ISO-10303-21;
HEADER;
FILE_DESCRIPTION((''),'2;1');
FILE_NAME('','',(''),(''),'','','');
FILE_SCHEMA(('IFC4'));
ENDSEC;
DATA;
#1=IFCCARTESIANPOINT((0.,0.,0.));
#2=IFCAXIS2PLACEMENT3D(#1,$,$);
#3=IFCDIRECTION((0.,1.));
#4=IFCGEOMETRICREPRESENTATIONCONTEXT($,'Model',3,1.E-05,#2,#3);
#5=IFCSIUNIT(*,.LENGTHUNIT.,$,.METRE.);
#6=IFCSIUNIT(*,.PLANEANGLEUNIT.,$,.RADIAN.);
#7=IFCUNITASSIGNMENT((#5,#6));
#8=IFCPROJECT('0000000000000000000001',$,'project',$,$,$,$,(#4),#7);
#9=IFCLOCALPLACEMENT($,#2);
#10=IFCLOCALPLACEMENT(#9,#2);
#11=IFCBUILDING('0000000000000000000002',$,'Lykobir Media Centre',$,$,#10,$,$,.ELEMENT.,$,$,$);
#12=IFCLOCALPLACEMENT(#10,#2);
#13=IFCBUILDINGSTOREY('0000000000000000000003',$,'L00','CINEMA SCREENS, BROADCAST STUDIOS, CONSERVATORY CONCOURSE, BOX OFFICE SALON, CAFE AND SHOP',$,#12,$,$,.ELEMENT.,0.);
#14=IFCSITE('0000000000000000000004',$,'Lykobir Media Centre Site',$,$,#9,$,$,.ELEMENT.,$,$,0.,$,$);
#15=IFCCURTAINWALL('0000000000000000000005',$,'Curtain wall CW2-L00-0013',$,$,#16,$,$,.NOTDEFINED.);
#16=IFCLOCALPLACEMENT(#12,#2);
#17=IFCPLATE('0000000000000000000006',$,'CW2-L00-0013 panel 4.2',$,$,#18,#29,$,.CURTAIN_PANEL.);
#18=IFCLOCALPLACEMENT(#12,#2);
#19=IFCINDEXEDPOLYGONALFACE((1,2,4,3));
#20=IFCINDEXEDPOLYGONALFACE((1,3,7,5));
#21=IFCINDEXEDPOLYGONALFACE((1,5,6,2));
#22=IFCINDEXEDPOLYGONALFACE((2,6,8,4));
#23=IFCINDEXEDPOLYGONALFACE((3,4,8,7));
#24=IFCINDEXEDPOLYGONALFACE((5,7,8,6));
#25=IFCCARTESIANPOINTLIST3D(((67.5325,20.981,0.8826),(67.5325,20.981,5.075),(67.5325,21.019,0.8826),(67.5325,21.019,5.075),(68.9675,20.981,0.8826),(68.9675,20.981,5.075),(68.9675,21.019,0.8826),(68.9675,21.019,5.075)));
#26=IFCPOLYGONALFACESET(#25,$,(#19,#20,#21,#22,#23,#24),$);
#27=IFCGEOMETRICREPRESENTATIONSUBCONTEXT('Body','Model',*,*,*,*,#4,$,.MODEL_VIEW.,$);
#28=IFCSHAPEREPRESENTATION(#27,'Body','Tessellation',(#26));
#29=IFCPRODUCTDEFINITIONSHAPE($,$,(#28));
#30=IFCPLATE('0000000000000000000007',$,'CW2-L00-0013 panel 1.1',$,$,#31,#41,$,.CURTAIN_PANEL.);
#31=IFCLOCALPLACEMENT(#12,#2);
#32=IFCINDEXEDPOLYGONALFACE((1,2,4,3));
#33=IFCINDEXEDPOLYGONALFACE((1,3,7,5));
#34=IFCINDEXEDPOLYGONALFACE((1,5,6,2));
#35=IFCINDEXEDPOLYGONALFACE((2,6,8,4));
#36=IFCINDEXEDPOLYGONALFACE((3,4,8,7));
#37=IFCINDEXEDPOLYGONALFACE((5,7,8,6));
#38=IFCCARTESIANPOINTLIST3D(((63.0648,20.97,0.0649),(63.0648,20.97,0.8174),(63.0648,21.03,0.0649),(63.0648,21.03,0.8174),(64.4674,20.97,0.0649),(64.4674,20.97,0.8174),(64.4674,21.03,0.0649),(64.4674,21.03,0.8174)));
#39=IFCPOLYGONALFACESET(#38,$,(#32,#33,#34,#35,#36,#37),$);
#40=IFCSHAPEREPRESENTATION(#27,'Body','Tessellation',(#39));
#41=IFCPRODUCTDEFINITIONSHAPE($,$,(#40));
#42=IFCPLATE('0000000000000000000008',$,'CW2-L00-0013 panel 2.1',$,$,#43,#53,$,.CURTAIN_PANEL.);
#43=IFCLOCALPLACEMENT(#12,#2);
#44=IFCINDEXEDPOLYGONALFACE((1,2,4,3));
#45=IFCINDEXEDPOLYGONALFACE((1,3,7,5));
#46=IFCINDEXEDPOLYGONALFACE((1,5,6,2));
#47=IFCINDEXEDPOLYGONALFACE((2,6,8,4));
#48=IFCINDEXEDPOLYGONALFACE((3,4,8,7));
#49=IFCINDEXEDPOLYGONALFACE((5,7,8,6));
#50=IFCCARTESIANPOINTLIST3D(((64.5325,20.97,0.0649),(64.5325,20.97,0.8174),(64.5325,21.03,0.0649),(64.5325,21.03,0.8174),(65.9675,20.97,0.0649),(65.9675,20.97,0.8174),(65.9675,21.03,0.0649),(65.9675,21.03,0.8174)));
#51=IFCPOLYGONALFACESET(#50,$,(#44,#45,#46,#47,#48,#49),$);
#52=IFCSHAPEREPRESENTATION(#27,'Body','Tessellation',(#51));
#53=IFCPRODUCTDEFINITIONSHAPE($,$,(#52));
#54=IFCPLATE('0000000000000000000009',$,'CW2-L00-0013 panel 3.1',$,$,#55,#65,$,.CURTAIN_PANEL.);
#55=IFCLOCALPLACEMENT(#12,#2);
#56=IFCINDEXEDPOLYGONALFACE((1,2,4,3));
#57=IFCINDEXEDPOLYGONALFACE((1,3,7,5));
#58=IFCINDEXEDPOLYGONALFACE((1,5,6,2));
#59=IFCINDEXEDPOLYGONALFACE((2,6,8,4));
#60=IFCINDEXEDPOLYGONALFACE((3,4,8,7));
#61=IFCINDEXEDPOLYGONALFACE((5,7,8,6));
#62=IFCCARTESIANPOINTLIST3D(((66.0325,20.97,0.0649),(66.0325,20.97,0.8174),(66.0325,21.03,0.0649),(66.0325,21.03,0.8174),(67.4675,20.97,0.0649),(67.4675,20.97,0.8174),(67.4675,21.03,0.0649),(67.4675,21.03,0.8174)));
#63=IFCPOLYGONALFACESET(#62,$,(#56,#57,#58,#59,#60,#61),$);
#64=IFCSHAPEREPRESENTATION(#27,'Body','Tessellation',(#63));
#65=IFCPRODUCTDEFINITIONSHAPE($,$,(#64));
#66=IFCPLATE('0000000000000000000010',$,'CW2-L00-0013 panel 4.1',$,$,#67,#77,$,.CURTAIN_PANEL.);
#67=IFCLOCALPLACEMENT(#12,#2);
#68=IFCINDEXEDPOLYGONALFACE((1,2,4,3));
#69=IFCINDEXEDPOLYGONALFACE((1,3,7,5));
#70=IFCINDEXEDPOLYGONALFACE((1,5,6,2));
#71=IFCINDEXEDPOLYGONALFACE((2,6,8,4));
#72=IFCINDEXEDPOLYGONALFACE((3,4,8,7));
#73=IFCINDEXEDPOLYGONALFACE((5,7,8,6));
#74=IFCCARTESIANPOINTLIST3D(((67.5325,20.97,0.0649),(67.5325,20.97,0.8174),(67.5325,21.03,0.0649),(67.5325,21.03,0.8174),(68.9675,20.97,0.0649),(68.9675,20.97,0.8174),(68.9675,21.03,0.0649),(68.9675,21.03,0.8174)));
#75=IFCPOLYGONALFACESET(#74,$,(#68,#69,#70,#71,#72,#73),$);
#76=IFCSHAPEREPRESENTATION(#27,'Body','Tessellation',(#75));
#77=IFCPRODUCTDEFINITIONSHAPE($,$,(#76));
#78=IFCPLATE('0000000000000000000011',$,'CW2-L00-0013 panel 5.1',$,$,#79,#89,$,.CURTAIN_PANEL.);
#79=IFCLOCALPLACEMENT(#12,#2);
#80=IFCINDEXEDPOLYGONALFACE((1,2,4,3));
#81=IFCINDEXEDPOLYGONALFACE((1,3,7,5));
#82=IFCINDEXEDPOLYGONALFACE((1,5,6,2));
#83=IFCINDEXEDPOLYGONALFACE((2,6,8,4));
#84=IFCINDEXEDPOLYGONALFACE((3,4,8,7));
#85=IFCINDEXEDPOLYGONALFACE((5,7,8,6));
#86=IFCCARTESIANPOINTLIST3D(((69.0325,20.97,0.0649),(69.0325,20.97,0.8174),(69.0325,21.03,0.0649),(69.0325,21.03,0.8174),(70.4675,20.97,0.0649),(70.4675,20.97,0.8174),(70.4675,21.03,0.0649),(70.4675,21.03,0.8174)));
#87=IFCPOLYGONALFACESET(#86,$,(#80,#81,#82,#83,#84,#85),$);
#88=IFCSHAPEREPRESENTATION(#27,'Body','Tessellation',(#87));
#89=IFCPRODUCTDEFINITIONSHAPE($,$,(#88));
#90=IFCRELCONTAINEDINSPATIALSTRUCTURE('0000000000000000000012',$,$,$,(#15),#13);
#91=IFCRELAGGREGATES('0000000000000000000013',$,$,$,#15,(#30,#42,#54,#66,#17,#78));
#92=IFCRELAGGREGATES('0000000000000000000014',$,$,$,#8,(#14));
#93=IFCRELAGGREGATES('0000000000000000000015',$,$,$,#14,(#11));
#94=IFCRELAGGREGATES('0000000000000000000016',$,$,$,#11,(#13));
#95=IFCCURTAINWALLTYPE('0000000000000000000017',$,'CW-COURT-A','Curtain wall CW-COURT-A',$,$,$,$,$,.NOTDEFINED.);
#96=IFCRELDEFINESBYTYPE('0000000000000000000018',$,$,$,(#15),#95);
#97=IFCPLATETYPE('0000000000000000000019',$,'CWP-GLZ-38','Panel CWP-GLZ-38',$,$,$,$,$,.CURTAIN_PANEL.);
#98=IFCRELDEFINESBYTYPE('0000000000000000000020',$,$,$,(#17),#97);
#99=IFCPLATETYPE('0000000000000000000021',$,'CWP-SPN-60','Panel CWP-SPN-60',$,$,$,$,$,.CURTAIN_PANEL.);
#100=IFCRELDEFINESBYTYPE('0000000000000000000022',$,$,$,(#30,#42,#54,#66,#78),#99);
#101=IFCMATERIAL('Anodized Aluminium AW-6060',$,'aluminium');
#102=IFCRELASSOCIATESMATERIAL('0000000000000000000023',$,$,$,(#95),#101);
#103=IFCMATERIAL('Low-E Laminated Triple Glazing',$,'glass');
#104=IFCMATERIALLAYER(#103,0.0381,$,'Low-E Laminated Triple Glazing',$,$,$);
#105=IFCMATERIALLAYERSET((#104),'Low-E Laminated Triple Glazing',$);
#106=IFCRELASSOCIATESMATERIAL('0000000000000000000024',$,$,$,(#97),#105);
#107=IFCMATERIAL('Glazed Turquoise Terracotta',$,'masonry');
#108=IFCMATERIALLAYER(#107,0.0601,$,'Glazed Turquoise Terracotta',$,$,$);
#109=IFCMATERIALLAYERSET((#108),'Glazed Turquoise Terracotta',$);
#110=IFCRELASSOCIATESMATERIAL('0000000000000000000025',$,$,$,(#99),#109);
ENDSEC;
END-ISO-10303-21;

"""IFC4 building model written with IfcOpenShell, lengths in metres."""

from ifc_helpers import new_model, si_unit, direction, frame, origin, origin_2d, place, context, subcontext, project, spatial, rectangle, extrude, material, layer, layer_set, type_object, element, aggregate, save


model = new_model("IFC4")

# Units and contexts
model_context = context("Model", 3, precision=1e-05, world=origin(), true_north=direction((0.0, 1.0)))
body_context = subcontext(model_context, "Body", "Model", "MODEL_VIEW")
ifc_project = project(units=[si_unit("LENGTHUNIT", "METRE"), si_unit("PLANEANGLEUNIT", "RADIAN")], contexts=[model_context])

# Site, building, storey
site_placement = place(None, origin())
site = spatial("IfcSite", under=ifc_project, at=site_placement, Name="Lykobir Media Centre Site", CompositionType="ELEMENT", RefElevation=0.0)
building_placement = place(site_placement, origin())
building = spatial("IfcBuilding", under=site, at=building_placement, Name="Lykobir Media Centre", CompositionType="ELEMENT")
storey_placement = place(building_placement, origin())
storey = spatial("IfcBuildingStorey", under=building, at=storey_placement, Name="L00", Description="CINEMA SCREENS, BROADCAST STUDIOS, CONSERVATORY CONCOURSE, BOX OFFICE SALON, CAFE AND SHOP", CompositionType="ELEMENT", Elevation=0.0)

# Curtain wall, plates
ifc_material_1 = material(Name="Anodized Aluminium AW-6060", Category="aluminium")
curtain_wall_type = type_object("IfcCurtainWallType", Name="CW-COURT-A", Description="Curtain wall CW-COURT-A", PredefinedType="NOTDEFINED", material=ifc_material_1)
curtain_wall_placement = place(storey_placement, origin())
curtain_wall = element("IfcCurtainWall", 1, at=curtain_wall_placement, inside=storey, type_object=curtain_wall_type, Name="Curtain wall CW2-L00-0013", PredefinedType="NOTDEFINED")
ifc_material_2 = material(Name="Low-E Laminated Triple Glazing", Category="glass")
ifc_layer_1 = layer(ifc_material_2, 0.0381, Name="Low-E Laminated Triple Glazing")
ifc_layer_set_1 = layer_set([ifc_layer_1], Name="Low-E Laminated Triple Glazing")
plate_type_1 = type_object("IfcPlateType", Name="CWP-GLZ-38", Description="Panel CWP-GLZ-38", PredefinedType="CURTAIN_PANEL", material=ifc_layer_set_1)
plate_1_placement = place(storey_placement, frame((68.25, 21.0, 0.8826), z_axis=(0.0, 0.0, 1.0), x_axis=(1.0, 0.0, 0.0)))
plate_1 = element("IfcPlate", 2, at=plate_1_placement, type_object=plate_type_1, Name="CW2-L00-0013 panel 4.2", PredefinedType="CURTAIN_PANEL", context=body_context, shape_type="SweptSolid", body=[
    extrude(rectangle(XDim=1.4351, YDim=0.0381, at=origin_2d()), origin(), (0.0, 0.0, 1.0), 4.1924),
])
ifc_material_3 = material(Name="Glazed Turquoise Terracotta", Category="masonry")
ifc_layer_2 = layer(ifc_material_3, 0.0601, Name="Glazed Turquoise Terracotta")
ifc_layer_set_2 = layer_set([ifc_layer_2], Name="Glazed Turquoise Terracotta")
plate_type_2 = type_object("IfcPlateType", Name="CWP-SPN-60", Description="Panel CWP-SPN-60", PredefinedType="CURTAIN_PANEL", material=ifc_layer_set_2)
plate_2_placement = place(storey_placement, frame((63.7661, 21.0, 0.0649), z_axis=(0.0, 0.0, 1.0), x_axis=(1.0, 0.0, 0.0)))
plate_2 = element("IfcPlate", 3, at=plate_2_placement, type_object=plate_type_2, Name="CW2-L00-0013 panel 1.1", PredefinedType="CURTAIN_PANEL", context=body_context, shape_type="SweptSolid", body=[
    extrude(rectangle(XDim=1.4026, YDim=0.0601, at=origin_2d()), origin(), (0.0, 0.0, 1.0), 0.7524),
])
plate_3_placement = place(storey_placement, frame((65.25, 21.0, 0.0649), z_axis=(0.0, 0.0, 1.0), x_axis=(1.0, 0.0, 0.0)))
plate_3 = element("IfcPlate", 4, at=plate_3_placement, type_object=plate_type_2, Name="CW2-L00-0013 panel 2.1", PredefinedType="CURTAIN_PANEL", context=body_context, shape_type="SweptSolid", body=[
    extrude(rectangle(XDim=1.4351, YDim=0.0601, at=origin_2d()), origin(), (0.0, 0.0, 1.0), 0.7524),
])
plate_4_placement = place(storey_placement, frame((66.75, 21.0, 0.0649), z_axis=(0.0, 0.0, 1.0), x_axis=(1.0, 0.0, 0.0)))
plate_4 = element("IfcPlate", 5, at=plate_4_placement, type_object=plate_type_2, Name="CW2-L00-0013 panel 3.1", PredefinedType="CURTAIN_PANEL", context=body_context, shape_type="SweptSolid", body=[
    extrude(rectangle(XDim=1.4351, YDim=0.0601, at=origin_2d()), origin(), (0.0, 0.0, 1.0), 0.7524),
])
plate_5_placement = place(storey_placement, frame((68.25, 21.0, 0.0649), z_axis=(0.0, 0.0, 1.0), x_axis=(1.0, 0.0, 0.0)))
plate_5 = element("IfcPlate", 6, at=plate_5_placement, type_object=plate_type_2, Name="CW2-L00-0013 panel 4.1", PredefinedType="CURTAIN_PANEL", context=body_context, shape_type="SweptSolid", body=[
    extrude(rectangle(XDim=1.4351, YDim=0.0601, at=origin_2d()), origin(), (0.0, 0.0, 1.0), 0.7524),
])
plate_6_placement = place(storey_placement, frame((69.75, 21.0, 0.0649), z_axis=(0.0, 0.0, 1.0), x_axis=(1.0, 0.0, 0.0)))
plate_6 = element("IfcPlate", 7, at=plate_6_placement, type_object=plate_type_2, Name="CW2-L00-0013 panel 5.1", PredefinedType="CURTAIN_PANEL", context=body_context, shape_type="SweptSolid", body=[
    extrude(rectangle(XDim=1.4351, YDim=0.0601, at=origin_2d()), origin(), (0.0, 0.0, 1.0), 0.7524),
])
aggregate(curtain_wall, [plate_2, plate_3, plate_4, plate_5, plate_1, plate_6])

save(model, "model.ifc")
